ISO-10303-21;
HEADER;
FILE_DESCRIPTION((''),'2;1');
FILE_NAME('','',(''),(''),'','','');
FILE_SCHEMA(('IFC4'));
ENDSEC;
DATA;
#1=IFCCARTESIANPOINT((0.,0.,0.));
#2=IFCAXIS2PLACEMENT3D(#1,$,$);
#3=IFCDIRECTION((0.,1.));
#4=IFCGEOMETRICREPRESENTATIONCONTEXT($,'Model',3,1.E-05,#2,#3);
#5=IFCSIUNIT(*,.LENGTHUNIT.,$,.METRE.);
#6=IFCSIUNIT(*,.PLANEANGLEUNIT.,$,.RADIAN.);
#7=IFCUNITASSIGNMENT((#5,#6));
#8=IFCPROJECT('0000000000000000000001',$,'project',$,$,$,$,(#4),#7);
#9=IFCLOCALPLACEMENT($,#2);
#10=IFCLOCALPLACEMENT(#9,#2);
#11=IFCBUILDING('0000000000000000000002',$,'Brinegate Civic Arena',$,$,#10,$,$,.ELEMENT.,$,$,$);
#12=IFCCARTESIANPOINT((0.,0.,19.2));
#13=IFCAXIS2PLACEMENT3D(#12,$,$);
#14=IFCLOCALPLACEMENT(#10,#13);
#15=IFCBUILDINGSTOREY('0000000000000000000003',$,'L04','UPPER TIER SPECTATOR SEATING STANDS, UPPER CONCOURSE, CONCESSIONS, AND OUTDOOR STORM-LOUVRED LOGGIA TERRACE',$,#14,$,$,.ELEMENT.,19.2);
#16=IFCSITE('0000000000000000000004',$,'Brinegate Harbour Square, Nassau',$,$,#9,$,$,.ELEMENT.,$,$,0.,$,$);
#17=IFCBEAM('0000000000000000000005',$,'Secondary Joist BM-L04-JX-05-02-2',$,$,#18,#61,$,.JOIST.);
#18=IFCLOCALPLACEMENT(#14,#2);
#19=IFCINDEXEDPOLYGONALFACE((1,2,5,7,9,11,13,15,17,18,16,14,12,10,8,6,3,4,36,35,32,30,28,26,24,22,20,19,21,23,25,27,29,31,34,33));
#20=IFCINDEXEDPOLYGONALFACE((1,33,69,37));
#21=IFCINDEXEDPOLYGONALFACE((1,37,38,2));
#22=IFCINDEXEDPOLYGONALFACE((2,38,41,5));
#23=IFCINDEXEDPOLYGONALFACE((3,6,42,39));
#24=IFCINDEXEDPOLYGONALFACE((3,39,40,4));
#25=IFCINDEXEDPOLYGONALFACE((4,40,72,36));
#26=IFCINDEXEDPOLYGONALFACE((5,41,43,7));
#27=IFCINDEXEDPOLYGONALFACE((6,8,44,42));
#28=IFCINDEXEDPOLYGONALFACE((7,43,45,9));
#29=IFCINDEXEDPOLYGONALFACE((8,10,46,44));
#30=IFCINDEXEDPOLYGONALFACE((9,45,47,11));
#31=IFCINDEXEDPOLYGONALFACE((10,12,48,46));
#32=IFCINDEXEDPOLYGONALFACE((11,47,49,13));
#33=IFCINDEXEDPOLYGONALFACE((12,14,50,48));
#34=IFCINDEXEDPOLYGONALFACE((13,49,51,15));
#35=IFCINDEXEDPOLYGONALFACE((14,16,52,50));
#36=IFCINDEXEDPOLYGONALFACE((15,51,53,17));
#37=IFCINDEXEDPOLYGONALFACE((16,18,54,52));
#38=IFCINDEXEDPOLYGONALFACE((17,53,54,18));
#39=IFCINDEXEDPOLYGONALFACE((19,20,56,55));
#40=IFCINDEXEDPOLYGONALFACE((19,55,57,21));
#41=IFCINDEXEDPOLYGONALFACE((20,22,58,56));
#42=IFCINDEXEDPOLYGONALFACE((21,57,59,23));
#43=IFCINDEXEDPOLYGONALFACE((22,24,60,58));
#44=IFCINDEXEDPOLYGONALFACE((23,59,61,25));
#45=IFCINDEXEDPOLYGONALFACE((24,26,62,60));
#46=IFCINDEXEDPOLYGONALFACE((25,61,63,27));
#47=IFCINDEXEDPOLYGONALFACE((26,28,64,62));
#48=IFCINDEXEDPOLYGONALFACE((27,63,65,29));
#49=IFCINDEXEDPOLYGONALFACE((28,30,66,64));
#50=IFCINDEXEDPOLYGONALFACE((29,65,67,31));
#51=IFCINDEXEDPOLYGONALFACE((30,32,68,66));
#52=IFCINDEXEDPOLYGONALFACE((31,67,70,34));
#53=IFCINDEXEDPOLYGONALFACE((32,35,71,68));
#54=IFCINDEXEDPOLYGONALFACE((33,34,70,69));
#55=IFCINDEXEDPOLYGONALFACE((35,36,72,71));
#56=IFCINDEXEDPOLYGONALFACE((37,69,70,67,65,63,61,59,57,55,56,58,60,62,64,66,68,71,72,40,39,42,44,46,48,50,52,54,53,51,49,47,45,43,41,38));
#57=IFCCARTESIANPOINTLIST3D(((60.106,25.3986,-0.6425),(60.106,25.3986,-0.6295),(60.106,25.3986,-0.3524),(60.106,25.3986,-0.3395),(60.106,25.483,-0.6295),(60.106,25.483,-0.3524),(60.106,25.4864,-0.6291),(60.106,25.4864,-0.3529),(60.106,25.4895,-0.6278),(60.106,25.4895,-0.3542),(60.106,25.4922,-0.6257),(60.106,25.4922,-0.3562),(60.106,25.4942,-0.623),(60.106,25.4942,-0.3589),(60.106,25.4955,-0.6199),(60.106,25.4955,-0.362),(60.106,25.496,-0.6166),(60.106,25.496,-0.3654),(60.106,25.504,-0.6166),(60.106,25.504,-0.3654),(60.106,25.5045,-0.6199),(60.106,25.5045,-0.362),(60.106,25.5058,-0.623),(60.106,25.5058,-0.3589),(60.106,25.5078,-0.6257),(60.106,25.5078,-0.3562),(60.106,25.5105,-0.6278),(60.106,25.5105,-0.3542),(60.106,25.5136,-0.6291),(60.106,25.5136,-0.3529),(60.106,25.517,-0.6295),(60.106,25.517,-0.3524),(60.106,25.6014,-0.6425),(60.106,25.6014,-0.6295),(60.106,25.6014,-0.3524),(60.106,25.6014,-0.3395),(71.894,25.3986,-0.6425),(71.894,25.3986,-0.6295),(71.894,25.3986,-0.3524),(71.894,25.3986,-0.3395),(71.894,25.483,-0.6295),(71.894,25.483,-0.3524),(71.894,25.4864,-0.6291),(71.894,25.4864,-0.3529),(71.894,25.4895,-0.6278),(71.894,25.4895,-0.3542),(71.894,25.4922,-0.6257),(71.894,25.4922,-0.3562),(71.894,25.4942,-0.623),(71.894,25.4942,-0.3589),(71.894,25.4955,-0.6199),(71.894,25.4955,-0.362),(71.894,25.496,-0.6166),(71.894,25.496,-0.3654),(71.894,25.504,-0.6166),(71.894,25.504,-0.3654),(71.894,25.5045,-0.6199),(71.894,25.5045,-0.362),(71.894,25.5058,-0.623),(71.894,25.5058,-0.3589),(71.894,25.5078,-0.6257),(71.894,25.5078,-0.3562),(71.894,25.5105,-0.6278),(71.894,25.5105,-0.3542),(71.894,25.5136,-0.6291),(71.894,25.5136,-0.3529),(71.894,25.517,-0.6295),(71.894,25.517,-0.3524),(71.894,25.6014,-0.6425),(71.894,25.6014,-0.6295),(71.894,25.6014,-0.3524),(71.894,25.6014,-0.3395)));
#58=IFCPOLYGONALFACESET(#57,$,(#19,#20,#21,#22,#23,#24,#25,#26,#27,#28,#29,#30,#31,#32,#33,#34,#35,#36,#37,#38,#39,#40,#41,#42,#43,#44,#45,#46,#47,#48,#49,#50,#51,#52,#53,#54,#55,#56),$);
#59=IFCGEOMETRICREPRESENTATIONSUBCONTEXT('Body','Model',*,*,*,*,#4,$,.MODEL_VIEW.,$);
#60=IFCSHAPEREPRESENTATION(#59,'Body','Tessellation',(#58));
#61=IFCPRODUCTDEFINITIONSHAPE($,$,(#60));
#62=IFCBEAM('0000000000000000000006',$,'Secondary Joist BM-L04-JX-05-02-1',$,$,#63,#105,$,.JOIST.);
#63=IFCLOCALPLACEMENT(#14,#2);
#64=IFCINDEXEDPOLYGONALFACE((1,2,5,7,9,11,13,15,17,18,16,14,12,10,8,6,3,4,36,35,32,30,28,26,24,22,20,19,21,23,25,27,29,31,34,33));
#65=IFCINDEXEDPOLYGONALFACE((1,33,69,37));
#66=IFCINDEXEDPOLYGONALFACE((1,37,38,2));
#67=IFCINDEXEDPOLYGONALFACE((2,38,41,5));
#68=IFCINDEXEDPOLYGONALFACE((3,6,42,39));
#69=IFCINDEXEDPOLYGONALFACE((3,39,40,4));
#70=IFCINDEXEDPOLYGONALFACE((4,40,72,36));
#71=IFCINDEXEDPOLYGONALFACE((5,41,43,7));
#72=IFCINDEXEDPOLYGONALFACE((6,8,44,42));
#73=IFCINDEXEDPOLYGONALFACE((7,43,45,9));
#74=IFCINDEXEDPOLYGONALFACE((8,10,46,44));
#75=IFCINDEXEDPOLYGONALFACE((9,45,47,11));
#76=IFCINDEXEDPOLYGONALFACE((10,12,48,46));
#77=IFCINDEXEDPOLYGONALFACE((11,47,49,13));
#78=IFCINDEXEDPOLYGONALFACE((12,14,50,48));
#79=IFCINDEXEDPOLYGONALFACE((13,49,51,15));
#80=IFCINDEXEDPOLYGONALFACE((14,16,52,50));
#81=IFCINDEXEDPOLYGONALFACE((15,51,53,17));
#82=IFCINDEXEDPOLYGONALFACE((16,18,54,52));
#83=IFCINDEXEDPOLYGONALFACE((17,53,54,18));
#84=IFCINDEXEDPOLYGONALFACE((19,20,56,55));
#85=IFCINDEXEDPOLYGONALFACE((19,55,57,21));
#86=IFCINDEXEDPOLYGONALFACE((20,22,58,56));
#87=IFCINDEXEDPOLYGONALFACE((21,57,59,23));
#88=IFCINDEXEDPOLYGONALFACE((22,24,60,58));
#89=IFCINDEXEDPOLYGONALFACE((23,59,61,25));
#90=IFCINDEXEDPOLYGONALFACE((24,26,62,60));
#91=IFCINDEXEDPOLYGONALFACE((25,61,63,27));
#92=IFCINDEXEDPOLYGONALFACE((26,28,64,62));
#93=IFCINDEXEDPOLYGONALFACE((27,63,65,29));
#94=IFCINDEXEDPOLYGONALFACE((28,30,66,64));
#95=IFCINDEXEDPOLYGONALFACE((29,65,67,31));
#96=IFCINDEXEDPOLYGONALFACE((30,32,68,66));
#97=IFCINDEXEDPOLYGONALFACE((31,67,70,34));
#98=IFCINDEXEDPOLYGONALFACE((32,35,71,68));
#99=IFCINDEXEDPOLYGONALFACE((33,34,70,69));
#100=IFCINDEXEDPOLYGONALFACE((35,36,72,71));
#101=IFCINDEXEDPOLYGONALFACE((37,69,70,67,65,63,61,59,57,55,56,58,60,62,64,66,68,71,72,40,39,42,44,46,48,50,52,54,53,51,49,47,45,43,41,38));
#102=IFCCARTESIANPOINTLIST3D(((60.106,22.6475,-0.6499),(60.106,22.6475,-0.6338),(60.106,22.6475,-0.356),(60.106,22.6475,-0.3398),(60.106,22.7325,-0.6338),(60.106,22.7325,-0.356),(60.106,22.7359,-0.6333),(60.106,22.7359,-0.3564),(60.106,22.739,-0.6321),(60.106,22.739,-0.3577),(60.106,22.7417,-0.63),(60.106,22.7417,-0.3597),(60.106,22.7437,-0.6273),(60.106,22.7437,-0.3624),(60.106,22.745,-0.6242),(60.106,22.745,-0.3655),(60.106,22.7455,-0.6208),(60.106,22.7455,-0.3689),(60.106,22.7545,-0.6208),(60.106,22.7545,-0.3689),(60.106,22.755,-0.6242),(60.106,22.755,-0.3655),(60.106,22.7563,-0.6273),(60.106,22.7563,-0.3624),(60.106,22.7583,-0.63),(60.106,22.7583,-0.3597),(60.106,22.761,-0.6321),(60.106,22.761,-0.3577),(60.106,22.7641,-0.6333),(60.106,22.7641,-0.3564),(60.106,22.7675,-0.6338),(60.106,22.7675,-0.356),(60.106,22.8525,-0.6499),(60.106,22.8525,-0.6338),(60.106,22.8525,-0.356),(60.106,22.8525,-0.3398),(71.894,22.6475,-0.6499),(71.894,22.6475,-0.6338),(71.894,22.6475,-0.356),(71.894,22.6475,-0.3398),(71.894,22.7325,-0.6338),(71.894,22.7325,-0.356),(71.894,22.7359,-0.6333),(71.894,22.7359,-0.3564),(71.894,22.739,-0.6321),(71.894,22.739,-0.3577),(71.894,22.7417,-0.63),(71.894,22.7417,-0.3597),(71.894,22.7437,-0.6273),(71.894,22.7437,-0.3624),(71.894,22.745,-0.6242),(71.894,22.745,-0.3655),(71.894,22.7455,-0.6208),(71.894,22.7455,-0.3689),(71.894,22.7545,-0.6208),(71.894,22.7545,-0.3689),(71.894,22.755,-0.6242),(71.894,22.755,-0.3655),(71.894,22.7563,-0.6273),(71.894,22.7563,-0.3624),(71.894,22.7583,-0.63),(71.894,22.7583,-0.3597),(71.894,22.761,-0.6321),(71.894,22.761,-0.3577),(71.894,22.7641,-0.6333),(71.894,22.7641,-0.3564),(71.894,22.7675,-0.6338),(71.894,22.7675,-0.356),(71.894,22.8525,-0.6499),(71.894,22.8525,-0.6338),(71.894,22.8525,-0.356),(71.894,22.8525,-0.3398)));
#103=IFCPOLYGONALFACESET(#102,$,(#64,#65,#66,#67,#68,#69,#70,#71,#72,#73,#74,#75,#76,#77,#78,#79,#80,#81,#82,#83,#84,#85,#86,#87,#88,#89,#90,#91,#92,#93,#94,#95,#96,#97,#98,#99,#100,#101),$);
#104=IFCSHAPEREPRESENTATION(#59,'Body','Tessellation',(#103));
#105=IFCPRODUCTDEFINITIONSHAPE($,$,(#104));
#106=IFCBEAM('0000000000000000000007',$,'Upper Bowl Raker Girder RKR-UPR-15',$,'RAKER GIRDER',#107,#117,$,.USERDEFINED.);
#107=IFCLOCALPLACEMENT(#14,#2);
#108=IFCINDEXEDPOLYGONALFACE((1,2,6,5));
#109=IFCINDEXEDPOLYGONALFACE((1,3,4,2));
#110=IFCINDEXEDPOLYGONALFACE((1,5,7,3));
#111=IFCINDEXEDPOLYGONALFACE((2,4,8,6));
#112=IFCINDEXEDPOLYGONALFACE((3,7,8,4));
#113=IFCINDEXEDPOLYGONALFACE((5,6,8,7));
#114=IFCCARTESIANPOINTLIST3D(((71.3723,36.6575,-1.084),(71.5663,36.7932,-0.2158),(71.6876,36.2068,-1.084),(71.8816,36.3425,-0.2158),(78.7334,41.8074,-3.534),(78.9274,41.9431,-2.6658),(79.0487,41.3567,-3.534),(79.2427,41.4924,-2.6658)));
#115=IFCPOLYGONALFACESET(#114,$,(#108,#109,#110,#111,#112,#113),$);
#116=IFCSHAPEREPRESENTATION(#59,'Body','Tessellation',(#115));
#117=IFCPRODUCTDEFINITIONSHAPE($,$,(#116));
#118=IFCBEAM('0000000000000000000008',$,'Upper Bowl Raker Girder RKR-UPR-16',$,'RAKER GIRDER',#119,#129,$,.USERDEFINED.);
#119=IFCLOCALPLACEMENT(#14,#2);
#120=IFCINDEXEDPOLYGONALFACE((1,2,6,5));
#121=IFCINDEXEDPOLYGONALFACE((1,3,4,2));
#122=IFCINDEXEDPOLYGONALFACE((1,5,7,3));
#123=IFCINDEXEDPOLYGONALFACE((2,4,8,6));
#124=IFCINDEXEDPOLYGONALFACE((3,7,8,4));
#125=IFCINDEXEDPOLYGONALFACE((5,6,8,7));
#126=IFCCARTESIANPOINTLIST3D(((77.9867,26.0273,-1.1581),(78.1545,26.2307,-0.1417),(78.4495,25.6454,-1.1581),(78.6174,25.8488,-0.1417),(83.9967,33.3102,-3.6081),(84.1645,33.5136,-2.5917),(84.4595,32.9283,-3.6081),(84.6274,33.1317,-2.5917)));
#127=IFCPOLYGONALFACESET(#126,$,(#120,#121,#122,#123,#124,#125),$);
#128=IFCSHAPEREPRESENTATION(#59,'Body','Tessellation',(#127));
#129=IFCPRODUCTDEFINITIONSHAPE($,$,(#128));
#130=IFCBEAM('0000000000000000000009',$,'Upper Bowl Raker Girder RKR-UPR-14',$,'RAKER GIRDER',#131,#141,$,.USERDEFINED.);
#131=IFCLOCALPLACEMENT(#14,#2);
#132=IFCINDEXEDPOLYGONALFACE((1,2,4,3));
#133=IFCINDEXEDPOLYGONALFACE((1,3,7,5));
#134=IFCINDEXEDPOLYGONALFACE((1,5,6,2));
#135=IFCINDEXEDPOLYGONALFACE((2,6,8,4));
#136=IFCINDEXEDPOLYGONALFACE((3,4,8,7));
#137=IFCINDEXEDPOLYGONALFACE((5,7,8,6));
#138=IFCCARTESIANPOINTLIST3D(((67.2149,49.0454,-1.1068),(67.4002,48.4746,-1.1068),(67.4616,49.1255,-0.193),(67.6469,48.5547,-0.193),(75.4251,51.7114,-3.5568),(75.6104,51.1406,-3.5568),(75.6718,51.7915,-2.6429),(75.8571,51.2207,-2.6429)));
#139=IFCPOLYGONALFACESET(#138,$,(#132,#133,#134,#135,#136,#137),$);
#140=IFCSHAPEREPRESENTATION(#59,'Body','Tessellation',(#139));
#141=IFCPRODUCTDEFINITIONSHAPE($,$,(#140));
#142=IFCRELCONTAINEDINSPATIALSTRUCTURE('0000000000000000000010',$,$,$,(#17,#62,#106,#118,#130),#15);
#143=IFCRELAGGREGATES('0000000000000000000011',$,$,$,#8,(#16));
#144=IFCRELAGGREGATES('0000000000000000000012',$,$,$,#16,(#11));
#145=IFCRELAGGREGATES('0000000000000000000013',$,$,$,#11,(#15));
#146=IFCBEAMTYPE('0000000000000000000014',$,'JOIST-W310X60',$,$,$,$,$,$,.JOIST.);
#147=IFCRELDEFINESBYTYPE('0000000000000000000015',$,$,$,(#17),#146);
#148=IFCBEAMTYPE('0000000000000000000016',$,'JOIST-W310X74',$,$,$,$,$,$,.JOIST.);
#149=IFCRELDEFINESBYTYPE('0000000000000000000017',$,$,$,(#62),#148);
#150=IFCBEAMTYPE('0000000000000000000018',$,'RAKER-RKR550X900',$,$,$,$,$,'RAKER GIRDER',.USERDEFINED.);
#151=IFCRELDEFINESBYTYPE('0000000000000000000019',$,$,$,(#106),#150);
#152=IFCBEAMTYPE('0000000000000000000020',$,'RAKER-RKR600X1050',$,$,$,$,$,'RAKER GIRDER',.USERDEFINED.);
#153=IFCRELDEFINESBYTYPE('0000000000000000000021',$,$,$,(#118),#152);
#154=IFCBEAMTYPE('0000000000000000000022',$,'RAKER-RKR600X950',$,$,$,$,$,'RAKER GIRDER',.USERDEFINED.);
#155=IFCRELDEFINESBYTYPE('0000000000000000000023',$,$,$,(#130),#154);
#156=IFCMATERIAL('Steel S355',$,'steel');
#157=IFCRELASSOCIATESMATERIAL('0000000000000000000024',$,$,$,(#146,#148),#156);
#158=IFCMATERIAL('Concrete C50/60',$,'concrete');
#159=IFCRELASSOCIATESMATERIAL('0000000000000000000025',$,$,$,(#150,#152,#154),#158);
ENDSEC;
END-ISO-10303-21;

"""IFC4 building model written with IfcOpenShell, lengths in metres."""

from ifc_helpers import new_model, si_unit, direction, frame, origin, origin_2d, place, context, subcontext, project, spatial, rectangle, i_section, extrude, material, material_profile, profile_set, type_object, element, save


model = new_model("IFC4")

# Units and contexts
model_context = context("Model", 3, precision=1e-05, world=origin(), true_north=direction((0.0, 1.0)))
body_context = subcontext(model_context, "Body", "Model", "MODEL_VIEW")
ifc_project = project(units=[si_unit("LENGTHUNIT", "METRE"), si_unit("PLANEANGLEUNIT", "RADIAN")], contexts=[model_context])

# Site, building, storey
site_placement = place(None, origin())
site = spatial("IfcSite", under=ifc_project, at=site_placement, Name="Brinegate Harbour Square, Nassau", CompositionType="ELEMENT", RefElevation=0.0)
building_placement = place(site_placement, origin())
building = spatial("IfcBuilding", under=site, at=building_placement, Name="Brinegate Civic Arena", CompositionType="ELEMENT")
storey_placement = place(building_placement, frame((0.0, 0.0, 19.2)))
storey = spatial("IfcBuildingStorey", under=building, at=storey_placement, Name="L04", Description="UPPER TIER SPECTATOR SEATING STANDS, UPPER CONCOURSE, CONCESSIONS, AND OUTDOOR STORM-LOUVRED LOGGIA TERRACE", CompositionType="ELEMENT", Elevation=19.2)

# Shared definitions
ifc_material_1 = material(Name="Concrete C50/60", Category="concrete")

# Beams
ifc_material_2 = material(Name="Steel S355", Category="steel")
ifc_material_profile_1 = material_profile(ifc_material_2, i_section(OverallWidth=0.2029, OverallDepth=0.303, WebThickness=0.0081, FlangeThickness=0.0129, FilletRadius=0.0129, at=origin_2d()), Name="W310X60")
ifc_profile_set_1 = profile_set([ifc_material_profile_1], Name="Steel S355")
beam_type_1 = type_object("IfcBeamType", Name="JOIST-W310X60", PredefinedType="JOIST", material=ifc_profile_set_1)
beam_1_placement = place(storey_placement, frame((60.106, 25.5, -0.491), z_axis=(1.0, 0.0, 0.0), x_axis=(0.0, 1.0, 0.0)))
element("IfcBeam", 1, at=beam_1_placement, inside=storey, type_object=beam_type_1, Name="Secondary Joist BM-L04-JX-05-02-2", PredefinedType="JOIST", context=body_context, shape_type="SweptSolid", body=[
    extrude(i_section(OverallWidth=0.2029, OverallDepth=0.303, WebThickness=0.0081, FlangeThickness=0.0129, FilletRadius=0.0129, at=origin_2d()), origin(), (0.0, 0.0, 1.0), 11.7881),
])
ifc_material_profile_2 = material_profile(ifc_material_2, i_section(OverallWidth=0.2051, OverallDepth=0.3101, WebThickness=0.009, FlangeThickness=0.0161, FilletRadius=0.0129, at=origin_2d()), Name="W310X74")
ifc_profile_set_2 = profile_set([ifc_material_profile_2], Name="Steel S355")
beam_type_2 = type_object("IfcBeamType", Name="JOIST-W310X74", PredefinedType="JOIST", material=ifc_profile_set_2)
beam_2_placement = place(storey_placement, frame((60.106, 22.75, -0.4949), z_axis=(1.0, 0.0, 0.0), x_axis=(0.0, 1.0, 0.0)))
element("IfcBeam", 2, at=beam_2_placement, inside=storey, type_object=beam_type_2, Name="Secondary Joist BM-L04-JX-05-02-1", PredefinedType="JOIST", context=body_context, shape_type="SweptSolid", body=[
    extrude(i_section(OverallWidth=0.2051, OverallDepth=0.3101, WebThickness=0.009, FlangeThickness=0.0161, FilletRadius=0.0129, at=origin_2d()), origin(), (0.0, 0.0, 1.0), 11.7881),
])
ifc_material_profile_3 = material_profile(ifc_material_1, rectangle(XDim=0.55, YDim=0.8999, at=origin_2d()), Name="RKR550X900")
ifc_profile_set_3 = profile_set([ifc_material_profile_3], Name="Concrete C50/60")
beam_type_3 = type_object("IfcBeamType", Name="RAKER-RKR550X900", ElementType="RAKER GIRDER", PredefinedType="USERDEFINED", material=ifc_profile_set_3)
beam_3_placement = place(storey_placement, frame((78.988, 41.6499, -3.0999), z_axis=(-0.790513, -0.553052, 0.263102), x_axis=(0.573249, -0.819381, 0.0)))
element("IfcBeam", 3, at=beam_3_placement, inside=storey, type_object=beam_type_3, Name="Upper Bowl Raker Girder RKR-UPR-15", ObjectType="RAKER GIRDER", PredefinedType="USERDEFINED", context=body_context, shape_type="SweptSolid", body=[
    extrude(rectangle(XDim=0.55, YDim=0.8999, at=origin_2d()), origin(), (0.0, 0.0, 1.0), 9.3118),
])
ifc_material_profile_4 = material_profile(ifc_material_1, rectangle(XDim=0.6001, YDim=1.05, at=origin_2d()), Name="RKR600X1050")
ifc_profile_set_4 = profile_set([ifc_material_profile_4], Name="Concrete C50/60")
beam_type_4 = type_object("IfcBeamType", Name="RAKER-RKR600X1050", ElementType="RAKER GIRDER", PredefinedType="USERDEFINED", material=ifc_profile_set_4)
beam_4_placement = place(storey_placement, frame((84.312, 33.2209, -3.0999), z_axis=(-0.616083, -0.746572, 0.251143), x_axis=(0.771292, -0.636482, 0.0)))
element("IfcBeam", 4, at=beam_4_placement, inside=storey, type_object=beam_type_4, Name="Upper Bowl Raker Girder RKR-UPR-16", ObjectType="RAKER GIRDER", PredefinedType="USERDEFINED", context=body_context, shape_type="SweptSolid", body=[
    extrude(rectangle(XDim=0.6001, YDim=1.05, at=origin_2d()), origin(), (0.0, 0.0, 1.0), 9.7551),
])
ifc_material_profile_5 = material_profile(ifc_material_1, rectangle(XDim=0.6001, YDim=0.95, at=origin_2d()), Name="RKR600X950")
ifc_profile_set_5 = profile_set([ifc_material_profile_5], Name="Concrete C50/60")
beam_type_5 = type_object("IfcBeamType", Name="RAKER-RKR600X950", ElementType="RAKER GIRDER", PredefinedType="USERDEFINED", material=ifc_profile_set_5)
beam_5_placement = place(storey_placement, frame((75.6411, 51.4661, -3.0999), z_axis=(-0.914975, -0.29711, 0.273031), x_axis=(0.308845, -0.951112, 0.0)))
element("IfcBeam", 5, at=beam_5_placement, inside=storey, type_object=beam_type_5, Name="Upper Bowl Raker Girder RKR-UPR-14", ObjectType="RAKER GIRDER", PredefinedType="USERDEFINED", context=body_context, shape_type="SweptSolid", body=[
    extrude(rectangle(XDim=0.6001, YDim=0.95, at=origin_2d()), origin(), (0.0, 0.0, 1.0), 8.9731),
])

save(model, "model.ifc")
